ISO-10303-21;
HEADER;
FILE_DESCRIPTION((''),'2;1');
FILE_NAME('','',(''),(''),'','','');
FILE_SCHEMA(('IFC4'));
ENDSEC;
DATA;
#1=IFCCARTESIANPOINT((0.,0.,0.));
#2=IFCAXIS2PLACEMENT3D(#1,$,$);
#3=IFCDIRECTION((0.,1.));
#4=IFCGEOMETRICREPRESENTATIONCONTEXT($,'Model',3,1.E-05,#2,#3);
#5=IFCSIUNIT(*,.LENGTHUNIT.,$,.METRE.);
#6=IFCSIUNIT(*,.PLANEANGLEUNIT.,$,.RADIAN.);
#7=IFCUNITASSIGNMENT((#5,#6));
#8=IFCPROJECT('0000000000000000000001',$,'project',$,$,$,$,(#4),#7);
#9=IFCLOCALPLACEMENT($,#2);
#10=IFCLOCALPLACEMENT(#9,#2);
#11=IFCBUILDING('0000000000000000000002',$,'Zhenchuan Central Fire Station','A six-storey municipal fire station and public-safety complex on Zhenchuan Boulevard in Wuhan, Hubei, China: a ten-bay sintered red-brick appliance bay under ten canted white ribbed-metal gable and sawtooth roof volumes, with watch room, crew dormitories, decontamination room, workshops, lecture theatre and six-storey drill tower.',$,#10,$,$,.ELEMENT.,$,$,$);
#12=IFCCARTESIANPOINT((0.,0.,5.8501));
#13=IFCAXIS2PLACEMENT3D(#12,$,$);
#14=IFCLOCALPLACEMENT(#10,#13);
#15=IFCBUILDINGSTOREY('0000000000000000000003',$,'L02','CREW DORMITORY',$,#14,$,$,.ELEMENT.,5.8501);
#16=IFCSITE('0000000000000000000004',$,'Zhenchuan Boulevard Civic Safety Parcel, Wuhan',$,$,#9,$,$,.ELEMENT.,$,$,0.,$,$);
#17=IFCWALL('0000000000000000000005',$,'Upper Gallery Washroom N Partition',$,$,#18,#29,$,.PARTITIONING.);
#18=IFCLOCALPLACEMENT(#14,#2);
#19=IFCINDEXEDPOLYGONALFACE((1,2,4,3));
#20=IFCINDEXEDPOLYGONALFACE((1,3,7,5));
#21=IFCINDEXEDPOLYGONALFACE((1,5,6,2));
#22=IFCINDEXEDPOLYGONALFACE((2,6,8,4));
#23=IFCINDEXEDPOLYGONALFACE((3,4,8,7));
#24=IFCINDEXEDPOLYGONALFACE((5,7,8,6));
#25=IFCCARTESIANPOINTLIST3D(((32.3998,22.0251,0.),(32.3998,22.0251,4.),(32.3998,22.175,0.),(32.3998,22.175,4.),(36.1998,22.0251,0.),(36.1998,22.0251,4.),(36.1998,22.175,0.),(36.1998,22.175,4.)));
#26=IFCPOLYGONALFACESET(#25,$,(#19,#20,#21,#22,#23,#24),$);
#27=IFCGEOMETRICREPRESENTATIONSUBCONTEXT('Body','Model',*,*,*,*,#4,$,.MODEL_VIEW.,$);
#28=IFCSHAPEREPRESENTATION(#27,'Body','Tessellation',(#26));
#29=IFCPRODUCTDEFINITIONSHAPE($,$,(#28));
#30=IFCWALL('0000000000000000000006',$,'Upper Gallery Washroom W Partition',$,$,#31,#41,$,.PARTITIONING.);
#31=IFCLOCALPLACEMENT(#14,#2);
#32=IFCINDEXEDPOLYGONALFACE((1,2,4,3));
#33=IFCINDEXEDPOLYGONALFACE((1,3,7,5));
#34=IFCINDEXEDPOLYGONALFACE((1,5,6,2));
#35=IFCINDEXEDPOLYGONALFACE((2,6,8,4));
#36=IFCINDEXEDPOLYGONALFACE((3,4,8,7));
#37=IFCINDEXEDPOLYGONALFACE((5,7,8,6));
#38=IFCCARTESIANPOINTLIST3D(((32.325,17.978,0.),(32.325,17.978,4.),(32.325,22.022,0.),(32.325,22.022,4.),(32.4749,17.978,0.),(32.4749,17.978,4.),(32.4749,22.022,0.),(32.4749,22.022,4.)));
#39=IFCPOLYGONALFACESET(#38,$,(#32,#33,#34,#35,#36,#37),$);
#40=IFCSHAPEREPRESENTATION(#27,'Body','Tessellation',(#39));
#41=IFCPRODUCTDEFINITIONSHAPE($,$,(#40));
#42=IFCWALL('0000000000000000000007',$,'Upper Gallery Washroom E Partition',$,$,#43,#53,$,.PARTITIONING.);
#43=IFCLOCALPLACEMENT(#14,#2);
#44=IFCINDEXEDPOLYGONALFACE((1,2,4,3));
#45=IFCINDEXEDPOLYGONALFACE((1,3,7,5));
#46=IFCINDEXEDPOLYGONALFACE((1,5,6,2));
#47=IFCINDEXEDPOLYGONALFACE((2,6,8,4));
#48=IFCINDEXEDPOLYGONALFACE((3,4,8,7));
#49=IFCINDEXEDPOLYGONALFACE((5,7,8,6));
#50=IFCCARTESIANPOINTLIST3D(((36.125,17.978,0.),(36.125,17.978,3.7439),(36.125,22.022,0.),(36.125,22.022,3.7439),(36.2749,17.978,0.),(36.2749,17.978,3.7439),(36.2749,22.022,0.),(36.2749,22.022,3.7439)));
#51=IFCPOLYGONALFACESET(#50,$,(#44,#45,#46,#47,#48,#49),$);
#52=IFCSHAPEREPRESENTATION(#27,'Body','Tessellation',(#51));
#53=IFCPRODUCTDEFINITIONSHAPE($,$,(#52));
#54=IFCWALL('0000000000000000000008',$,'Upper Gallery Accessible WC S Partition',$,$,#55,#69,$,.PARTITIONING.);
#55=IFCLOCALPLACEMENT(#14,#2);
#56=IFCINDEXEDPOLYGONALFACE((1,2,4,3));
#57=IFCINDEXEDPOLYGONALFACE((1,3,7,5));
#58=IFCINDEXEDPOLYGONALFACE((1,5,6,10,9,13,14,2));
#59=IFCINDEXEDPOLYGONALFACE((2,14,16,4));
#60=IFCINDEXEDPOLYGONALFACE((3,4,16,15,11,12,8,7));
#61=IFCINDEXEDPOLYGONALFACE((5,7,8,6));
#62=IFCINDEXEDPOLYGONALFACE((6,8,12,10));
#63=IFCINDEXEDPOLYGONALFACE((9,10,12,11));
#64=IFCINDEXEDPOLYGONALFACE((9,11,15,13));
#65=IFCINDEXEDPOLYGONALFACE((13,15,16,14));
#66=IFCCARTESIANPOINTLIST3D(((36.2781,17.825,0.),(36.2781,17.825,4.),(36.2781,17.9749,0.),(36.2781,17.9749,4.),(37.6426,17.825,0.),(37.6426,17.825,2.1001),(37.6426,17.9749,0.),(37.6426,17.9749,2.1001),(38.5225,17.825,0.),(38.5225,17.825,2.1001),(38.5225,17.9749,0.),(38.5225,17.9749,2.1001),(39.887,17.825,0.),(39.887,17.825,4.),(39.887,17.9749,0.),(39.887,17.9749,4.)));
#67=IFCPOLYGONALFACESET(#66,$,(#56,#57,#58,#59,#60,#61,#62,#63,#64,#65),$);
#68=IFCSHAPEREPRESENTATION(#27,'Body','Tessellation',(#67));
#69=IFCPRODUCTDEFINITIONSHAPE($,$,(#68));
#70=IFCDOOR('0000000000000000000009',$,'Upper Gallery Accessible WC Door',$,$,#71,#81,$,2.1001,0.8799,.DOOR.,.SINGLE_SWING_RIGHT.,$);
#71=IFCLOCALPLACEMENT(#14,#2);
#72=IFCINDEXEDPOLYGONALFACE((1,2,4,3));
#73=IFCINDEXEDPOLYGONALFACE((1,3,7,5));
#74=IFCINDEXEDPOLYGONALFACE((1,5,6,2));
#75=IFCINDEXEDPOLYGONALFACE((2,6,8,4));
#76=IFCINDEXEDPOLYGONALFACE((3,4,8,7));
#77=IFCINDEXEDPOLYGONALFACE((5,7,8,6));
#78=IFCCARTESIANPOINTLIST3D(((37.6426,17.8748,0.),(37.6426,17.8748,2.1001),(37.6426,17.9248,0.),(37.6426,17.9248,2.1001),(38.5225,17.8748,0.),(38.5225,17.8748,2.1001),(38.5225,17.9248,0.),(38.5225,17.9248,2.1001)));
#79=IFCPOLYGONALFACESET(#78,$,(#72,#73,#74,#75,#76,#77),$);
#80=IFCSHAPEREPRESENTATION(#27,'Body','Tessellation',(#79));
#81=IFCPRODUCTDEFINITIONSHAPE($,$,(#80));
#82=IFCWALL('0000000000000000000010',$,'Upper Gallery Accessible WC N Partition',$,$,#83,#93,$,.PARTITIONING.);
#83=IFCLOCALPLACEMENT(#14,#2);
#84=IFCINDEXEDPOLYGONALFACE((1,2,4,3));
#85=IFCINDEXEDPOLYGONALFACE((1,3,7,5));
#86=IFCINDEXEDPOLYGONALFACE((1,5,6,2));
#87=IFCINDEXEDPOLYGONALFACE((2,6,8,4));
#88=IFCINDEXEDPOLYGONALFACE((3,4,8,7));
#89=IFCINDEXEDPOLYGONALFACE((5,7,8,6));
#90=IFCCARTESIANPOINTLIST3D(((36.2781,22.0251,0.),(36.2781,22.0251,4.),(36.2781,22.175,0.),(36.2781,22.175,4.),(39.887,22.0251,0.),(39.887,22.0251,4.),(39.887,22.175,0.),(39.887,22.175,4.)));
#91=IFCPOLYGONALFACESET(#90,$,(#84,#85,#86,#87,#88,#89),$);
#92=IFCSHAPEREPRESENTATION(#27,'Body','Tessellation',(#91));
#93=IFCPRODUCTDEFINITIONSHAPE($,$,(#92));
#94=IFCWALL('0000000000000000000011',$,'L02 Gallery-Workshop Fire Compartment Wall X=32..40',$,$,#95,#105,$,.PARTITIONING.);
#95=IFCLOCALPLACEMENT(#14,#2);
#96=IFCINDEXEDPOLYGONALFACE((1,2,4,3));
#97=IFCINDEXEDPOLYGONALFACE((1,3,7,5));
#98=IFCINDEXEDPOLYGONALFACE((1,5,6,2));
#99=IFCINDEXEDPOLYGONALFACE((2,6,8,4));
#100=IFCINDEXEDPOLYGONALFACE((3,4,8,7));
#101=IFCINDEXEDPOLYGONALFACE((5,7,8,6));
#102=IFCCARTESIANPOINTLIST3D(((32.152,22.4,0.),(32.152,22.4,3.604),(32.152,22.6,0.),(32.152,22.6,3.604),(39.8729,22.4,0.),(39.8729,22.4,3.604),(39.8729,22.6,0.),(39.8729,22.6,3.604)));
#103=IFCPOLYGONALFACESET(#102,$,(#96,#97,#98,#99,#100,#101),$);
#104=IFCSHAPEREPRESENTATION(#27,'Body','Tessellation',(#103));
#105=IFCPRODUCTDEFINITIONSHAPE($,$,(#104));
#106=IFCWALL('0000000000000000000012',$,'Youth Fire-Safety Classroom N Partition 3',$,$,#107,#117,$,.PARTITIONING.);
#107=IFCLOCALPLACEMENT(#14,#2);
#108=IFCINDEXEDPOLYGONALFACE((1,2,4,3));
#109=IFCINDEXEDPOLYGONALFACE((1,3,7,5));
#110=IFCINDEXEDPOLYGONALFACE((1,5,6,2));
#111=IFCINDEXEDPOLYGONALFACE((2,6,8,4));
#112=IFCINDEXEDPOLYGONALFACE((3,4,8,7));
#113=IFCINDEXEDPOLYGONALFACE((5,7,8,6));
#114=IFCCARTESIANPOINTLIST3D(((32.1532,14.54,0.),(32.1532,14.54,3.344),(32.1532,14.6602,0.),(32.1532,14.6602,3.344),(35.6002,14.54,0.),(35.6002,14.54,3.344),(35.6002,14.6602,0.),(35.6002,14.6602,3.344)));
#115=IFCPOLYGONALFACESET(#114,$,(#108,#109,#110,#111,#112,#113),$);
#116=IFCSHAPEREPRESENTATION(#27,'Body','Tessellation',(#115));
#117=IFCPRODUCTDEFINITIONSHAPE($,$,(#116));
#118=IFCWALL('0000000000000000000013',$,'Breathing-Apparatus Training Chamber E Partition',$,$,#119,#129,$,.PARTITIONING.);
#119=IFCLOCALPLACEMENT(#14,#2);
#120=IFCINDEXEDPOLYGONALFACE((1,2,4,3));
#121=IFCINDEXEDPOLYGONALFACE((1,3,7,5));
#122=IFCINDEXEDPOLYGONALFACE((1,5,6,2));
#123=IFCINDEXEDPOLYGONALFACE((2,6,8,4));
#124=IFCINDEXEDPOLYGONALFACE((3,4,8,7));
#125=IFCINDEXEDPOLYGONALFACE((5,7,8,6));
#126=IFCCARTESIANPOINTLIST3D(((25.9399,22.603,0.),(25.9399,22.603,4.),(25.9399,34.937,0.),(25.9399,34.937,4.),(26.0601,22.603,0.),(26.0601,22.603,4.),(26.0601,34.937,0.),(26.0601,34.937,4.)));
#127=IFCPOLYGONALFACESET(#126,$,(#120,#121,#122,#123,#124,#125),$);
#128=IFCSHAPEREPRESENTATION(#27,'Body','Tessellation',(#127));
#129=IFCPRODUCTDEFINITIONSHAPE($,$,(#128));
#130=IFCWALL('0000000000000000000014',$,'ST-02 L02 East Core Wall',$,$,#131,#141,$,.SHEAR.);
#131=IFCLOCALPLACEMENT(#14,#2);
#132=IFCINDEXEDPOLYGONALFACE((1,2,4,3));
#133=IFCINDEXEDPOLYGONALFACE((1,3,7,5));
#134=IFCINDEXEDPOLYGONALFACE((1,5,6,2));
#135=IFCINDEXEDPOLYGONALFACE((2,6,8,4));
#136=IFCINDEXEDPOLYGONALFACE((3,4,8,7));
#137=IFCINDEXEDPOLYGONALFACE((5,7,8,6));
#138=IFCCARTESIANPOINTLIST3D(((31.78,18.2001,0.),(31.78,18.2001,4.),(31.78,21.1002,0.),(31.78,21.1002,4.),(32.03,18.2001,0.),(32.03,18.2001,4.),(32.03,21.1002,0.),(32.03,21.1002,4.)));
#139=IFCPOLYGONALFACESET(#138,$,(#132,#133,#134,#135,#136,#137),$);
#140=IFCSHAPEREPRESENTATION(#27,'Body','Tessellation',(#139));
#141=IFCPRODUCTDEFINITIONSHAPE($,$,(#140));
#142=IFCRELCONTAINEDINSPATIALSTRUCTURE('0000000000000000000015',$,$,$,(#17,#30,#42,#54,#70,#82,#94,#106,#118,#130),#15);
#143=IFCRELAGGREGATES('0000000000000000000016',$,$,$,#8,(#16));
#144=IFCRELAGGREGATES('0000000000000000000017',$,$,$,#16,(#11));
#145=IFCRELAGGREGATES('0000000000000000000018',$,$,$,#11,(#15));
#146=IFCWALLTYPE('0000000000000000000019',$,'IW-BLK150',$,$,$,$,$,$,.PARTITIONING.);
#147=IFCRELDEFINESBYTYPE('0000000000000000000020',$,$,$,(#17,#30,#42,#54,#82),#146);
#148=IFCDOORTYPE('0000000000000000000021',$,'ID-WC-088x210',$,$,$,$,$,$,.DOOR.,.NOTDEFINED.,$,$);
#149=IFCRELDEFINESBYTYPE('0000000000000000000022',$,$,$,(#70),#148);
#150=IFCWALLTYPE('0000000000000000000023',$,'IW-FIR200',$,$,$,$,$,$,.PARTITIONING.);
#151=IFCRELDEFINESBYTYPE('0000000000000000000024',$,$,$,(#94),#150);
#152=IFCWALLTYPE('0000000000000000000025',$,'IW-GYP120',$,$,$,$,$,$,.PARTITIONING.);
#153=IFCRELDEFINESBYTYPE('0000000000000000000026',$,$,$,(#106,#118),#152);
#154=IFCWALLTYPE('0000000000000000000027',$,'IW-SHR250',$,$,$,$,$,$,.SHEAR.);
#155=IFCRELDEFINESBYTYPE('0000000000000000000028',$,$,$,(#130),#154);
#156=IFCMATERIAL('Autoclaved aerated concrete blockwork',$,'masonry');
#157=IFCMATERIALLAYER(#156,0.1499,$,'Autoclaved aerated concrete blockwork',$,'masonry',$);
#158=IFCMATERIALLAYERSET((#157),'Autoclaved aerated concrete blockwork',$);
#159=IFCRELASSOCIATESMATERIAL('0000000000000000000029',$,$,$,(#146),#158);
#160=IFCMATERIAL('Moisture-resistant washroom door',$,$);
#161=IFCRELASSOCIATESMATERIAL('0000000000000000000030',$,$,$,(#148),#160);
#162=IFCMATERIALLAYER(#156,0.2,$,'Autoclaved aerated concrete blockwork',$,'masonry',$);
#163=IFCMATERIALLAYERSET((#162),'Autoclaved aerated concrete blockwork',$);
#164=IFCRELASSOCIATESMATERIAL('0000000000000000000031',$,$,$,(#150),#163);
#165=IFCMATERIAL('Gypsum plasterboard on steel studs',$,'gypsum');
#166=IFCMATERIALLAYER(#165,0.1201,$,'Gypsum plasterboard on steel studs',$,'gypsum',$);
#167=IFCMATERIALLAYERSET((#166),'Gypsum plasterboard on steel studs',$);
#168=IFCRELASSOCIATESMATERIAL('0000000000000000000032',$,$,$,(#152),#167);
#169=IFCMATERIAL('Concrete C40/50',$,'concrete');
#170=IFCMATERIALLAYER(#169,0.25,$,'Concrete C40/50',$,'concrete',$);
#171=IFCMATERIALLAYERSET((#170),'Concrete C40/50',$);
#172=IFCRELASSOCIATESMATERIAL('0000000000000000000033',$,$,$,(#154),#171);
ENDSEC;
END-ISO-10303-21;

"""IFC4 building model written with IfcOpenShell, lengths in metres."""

from ifc_helpers import new_model, si_unit, direction, frame, frame_2d, origin, place, context, subcontext, project, spatial, rectangle, extrude, material, layer, layer_set, type_object, element, fill, save


model = new_model("IFC4")

# Units and contexts
model_context = context("Model", 3, precision=1e-05, world=origin(), true_north=direction((0.0, 1.0)))
body_context = subcontext(model_context, "Body", "Model", "MODEL_VIEW")
ifc_project = project(units=[si_unit("LENGTHUNIT", "METRE"), si_unit("PLANEANGLEUNIT", "RADIAN")], contexts=[model_context])

# Site, building, storey
site_placement = place(None, origin())
site = spatial("IfcSite", under=ifc_project, at=site_placement, Name="Zhenchuan Boulevard Civic Safety Parcel, Wuhan", CompositionType="ELEMENT", RefElevation=0.0)
building_placement = place(site_placement, origin())
building = spatial("IfcBuilding", under=site, at=building_placement, Name="Zhenchuan Central Fire Station", Description="A six-storey municipal fire station and public-safety complex on Zhenchuan Boulevard in Wuhan, Hubei, China: a ten-bay sintered red-brick appliance bay under ten canted white ribbed-metal gable and sawtooth roof volumes, with watch room, crew dormitories, decontamination room, workshops, lecture theatre and six-storey drill tower.", CompositionType="ELEMENT")
storey_placement = place(building_placement, frame((0.0, 0.0, 5.8501)))
storey = spatial("IfcBuildingStorey", under=building, at=storey_placement, Name="L02", Description="CREW DORMITORY", CompositionType="ELEMENT", Elevation=5.8501)

# Shared definitions
ifc_material_1 = material(Name="Autoclaved aerated concrete blockwork", Category="masonry")
ifc_layer_1 = layer(ifc_material_1, 0.1499, Name="Autoclaved aerated concrete blockwork", Category="masonry")
ifc_layer_set_1 = layer_set([ifc_layer_1], Name="Autoclaved aerated concrete blockwork")
wall_type_1 = type_object("IfcWallType", Name="IW-BLK150", PredefinedType="PARTITIONING", material=ifc_layer_set_1)

# Walls
wall_1_placement = place(storey_placement, frame((32.3999, 22.1001, 0.0), z_axis=(0.0, 0.0, 1.0), x_axis=(1.0, 0.0, 0.0)))
element("IfcWall", 1, at=wall_1_placement, inside=storey, type_object=wall_type_1, Name="Upper Gallery Washroom N Partition", PredefinedType="PARTITIONING", context=body_context, shape_type="SweptSolid", body=[
    extrude(rectangle(XDim=3.8, YDim=0.1499, at=frame_2d((1.8999, 0.0))), origin(), (0.0, 0.0, 1.0), 4.0),
])
wall_2_placement = place(storey_placement, frame((32.3999, 17.978, 0.0), z_axis=(0.0, 0.0, 1.0), x_axis=(0.0, 1.0, 0.0)))
element("IfcWall", 2, at=wall_2_placement, inside=storey, type_object=wall_type_1, Name="Upper Gallery Washroom W Partition", PredefinedType="PARTITIONING", context=body_context, shape_type="SweptSolid", body=[
    extrude(rectangle(XDim=4.0439, YDim=0.1499, at=frame_2d((2.022, 0.0))), origin(), (0.0, 0.0, 1.0), 4.0),
])
wall_3_placement = place(storey_placement, frame((36.2, 17.978, 0.0), z_axis=(0.0, 0.0, 1.0), x_axis=(0.0, 1.0, 0.0)))
element("IfcWall", 3, at=wall_3_placement, inside=storey, type_object=wall_type_1, Name="Upper Gallery Washroom E Partition", PredefinedType="PARTITIONING", context=body_context, shape_type="SweptSolid", body=[
    extrude(rectangle(XDim=4.0439, YDim=0.1499, at=frame_2d((2.022, 0.0))), origin(), (0.0, 0.0, 1.0), 3.7439),
])

# Wall, opening, door
wall_4_placement = place(storey_placement, frame((36.2781, 17.8999, 0.0), z_axis=(0.0, 0.0, 1.0), x_axis=(1.0, 0.0, 0.0)))
wall_4 = element("IfcWall", 4, at=wall_4_placement, inside=storey, type_object=wall_type_1, Name="Upper Gallery Accessible WC S Partition", PredefinedType="PARTITIONING", context=body_context, shape_type="SweptSolid", body=[
    extrude(rectangle(XDim=3.6089, YDim=0.1499, at=frame_2d((1.8044, 0.0))), origin(), (0.0, 0.0, 1.0), 4.0),
])
opening_1_placement = place(wall_4_placement, frame((1.3645, 0.0, 0.0)))
opening_1 = element("IfcOpeningElement", 5, at=opening_1_placement, cuts=wall_4, PredefinedType="OPENING", context=body_context, shape_type="SweptSolid", body=[
    extrude(rectangle(XDim=0.8799, YDim=2.1001, at=frame_2d((0.4399, 1.05))), frame((0.0, 0.085, 0.0), z_axis=(0.0, -1.0, 0.0), x_axis=(1.0, 0.0, 0.0)), (0.0, 0.0, 1.0), 0.1699),
])
ifc_material_2 = material(Name="Moisture-resistant washroom door")
door_type_1 = type_object("IfcDoorType", Name="ID-WC-088x210", OperationType="NOTDEFINED", PredefinedType="DOOR", material=ifc_material_2)
door_1_placement = place(opening_1_placement, origin())
door_1 = element("IfcDoor", 6, at=door_1_placement, inside=storey, type_object=door_type_1, Name="Upper Gallery Accessible WC Door", OperationType="SINGLE_SWING_RIGHT", OverallHeight=2.1001, OverallWidth=0.8799, PredefinedType="DOOR", context=body_context, shape_type="SweptSolid", body=[
    extrude(rectangle(XDim=0.8799, YDim=2.1001, at=frame_2d((0.4399, 1.05))), frame((0.0, 0.0249, 0.0), z_axis=(0.0, -1.0, 0.0), x_axis=(1.0, 0.0, 0.0)), (0.0, 0.0, 1.0), 0.05),
])
fill(opening_1, door_1)

# Walls
wall_5_placement = place(storey_placement, frame((36.2781, 22.1001, 0.0), z_axis=(0.0, 0.0, 1.0), x_axis=(1.0, 0.0, 0.0)))
element("IfcWall", 7, at=wall_5_placement, inside=storey, type_object=wall_type_1, Name="Upper Gallery Accessible WC N Partition", PredefinedType="PARTITIONING", context=body_context, shape_type="SweptSolid", body=[
    extrude(rectangle(XDim=3.6089, YDim=0.1499, at=frame_2d((1.8044, 0.0))), origin(), (0.0, 0.0, 1.0), 4.0),
])
ifc_layer_2 = layer(ifc_material_1, 0.2, Name="Autoclaved aerated concrete blockwork", Category="masonry")
ifc_layer_set_2 = layer_set([ifc_layer_2], Name="Autoclaved aerated concrete blockwork")
wall_type_2 = type_object("IfcWallType", Name="IW-FIR200", PredefinedType="PARTITIONING", material=ifc_layer_set_2)
wall_6_placement = place(storey_placement, frame((32.1521, 22.5, 0.0), z_axis=(0.0, 0.0, 1.0), x_axis=(1.0, 0.0, 0.0)))
element("IfcWall", 8, at=wall_6_placement, inside=storey, type_object=wall_type_2, Name="L02 Gallery-Workshop Fire Compartment Wall X=32..40", PredefinedType="PARTITIONING", context=body_context, shape_type="SweptSolid", body=[
    extrude(rectangle(XDim=7.7209, YDim=0.2, at=frame_2d((3.8604, 0.0))), origin(), (0.0, 0.0, 1.0), 3.604),
])
ifc_material_3 = material(Name="Gypsum plasterboard on steel studs", Category="gypsum")
ifc_layer_3 = layer(ifc_material_3, 0.1201, Name="Gypsum plasterboard on steel studs", Category="gypsum")
ifc_layer_set_3 = layer_set([ifc_layer_3], Name="Gypsum plasterboard on steel studs")
wall_type_3 = type_object("IfcWallType", Name="IW-GYP120", PredefinedType="PARTITIONING", material=ifc_layer_set_3)
wall_7_placement = place(storey_placement, frame((32.1531, 14.6001, 0.0), z_axis=(0.0, 0.0, 1.0), x_axis=(1.0, 0.0, 0.0)))
element("IfcWall", 9, at=wall_7_placement, inside=storey, type_object=wall_type_3, Name="Youth Fire-Safety Classroom N Partition 3", PredefinedType="PARTITIONING", context=body_context, shape_type="SweptSolid", body=[
    extrude(rectangle(XDim=3.447, YDim=0.1201, at=frame_2d((1.7236, 0.0))), origin(), (0.0, 0.0, 1.0), 3.344),
])
wall_8_placement = place(storey_placement, frame((26.0, 22.603, 0.0), z_axis=(0.0, 0.0, 1.0), x_axis=(0.0, 1.0, 0.0)))
element("IfcWall", 10, at=wall_8_placement, inside=storey, type_object=wall_type_3, Name="Breathing-Apparatus Training Chamber E Partition", PredefinedType="PARTITIONING", context=body_context, shape_type="SweptSolid", body=[
    extrude(rectangle(XDim=12.334, YDim=0.1201, at=frame_2d((6.167, 0.0))), origin(), (0.0, 0.0, 1.0), 4.0),
])
ifc_material_4 = material(Name="Concrete C40/50", Category="concrete")
ifc_layer_4 = layer(ifc_material_4, 0.25, Name="Concrete C40/50", Category="concrete")
ifc_layer_set_4 = layer_set([ifc_layer_4], Name="Concrete C40/50")
wall_type_4 = type_object("IfcWallType", Name="IW-SHR250", PredefinedType="SHEAR", material=ifc_layer_set_4)
wall_9_placement = place(storey_placement, frame((31.905, 18.2, 0.0), z_axis=(0.0, 0.0, 1.0), x_axis=(0.0, 1.0, 0.0)))
element("IfcWall", 11, at=wall_9_placement, inside=storey, type_object=wall_type_4, Name="ST-02 L02 East Core Wall", PredefinedType="SHEAR", context=body_context, shape_type="SweptSolid", body=[
    extrude(rectangle(XDim=2.9001, YDim=0.25, at=frame_2d((1.4502, 0.0))), origin(), (0.0, 0.0, 1.0), 4.0),
])

save(model, "model.ifc")
